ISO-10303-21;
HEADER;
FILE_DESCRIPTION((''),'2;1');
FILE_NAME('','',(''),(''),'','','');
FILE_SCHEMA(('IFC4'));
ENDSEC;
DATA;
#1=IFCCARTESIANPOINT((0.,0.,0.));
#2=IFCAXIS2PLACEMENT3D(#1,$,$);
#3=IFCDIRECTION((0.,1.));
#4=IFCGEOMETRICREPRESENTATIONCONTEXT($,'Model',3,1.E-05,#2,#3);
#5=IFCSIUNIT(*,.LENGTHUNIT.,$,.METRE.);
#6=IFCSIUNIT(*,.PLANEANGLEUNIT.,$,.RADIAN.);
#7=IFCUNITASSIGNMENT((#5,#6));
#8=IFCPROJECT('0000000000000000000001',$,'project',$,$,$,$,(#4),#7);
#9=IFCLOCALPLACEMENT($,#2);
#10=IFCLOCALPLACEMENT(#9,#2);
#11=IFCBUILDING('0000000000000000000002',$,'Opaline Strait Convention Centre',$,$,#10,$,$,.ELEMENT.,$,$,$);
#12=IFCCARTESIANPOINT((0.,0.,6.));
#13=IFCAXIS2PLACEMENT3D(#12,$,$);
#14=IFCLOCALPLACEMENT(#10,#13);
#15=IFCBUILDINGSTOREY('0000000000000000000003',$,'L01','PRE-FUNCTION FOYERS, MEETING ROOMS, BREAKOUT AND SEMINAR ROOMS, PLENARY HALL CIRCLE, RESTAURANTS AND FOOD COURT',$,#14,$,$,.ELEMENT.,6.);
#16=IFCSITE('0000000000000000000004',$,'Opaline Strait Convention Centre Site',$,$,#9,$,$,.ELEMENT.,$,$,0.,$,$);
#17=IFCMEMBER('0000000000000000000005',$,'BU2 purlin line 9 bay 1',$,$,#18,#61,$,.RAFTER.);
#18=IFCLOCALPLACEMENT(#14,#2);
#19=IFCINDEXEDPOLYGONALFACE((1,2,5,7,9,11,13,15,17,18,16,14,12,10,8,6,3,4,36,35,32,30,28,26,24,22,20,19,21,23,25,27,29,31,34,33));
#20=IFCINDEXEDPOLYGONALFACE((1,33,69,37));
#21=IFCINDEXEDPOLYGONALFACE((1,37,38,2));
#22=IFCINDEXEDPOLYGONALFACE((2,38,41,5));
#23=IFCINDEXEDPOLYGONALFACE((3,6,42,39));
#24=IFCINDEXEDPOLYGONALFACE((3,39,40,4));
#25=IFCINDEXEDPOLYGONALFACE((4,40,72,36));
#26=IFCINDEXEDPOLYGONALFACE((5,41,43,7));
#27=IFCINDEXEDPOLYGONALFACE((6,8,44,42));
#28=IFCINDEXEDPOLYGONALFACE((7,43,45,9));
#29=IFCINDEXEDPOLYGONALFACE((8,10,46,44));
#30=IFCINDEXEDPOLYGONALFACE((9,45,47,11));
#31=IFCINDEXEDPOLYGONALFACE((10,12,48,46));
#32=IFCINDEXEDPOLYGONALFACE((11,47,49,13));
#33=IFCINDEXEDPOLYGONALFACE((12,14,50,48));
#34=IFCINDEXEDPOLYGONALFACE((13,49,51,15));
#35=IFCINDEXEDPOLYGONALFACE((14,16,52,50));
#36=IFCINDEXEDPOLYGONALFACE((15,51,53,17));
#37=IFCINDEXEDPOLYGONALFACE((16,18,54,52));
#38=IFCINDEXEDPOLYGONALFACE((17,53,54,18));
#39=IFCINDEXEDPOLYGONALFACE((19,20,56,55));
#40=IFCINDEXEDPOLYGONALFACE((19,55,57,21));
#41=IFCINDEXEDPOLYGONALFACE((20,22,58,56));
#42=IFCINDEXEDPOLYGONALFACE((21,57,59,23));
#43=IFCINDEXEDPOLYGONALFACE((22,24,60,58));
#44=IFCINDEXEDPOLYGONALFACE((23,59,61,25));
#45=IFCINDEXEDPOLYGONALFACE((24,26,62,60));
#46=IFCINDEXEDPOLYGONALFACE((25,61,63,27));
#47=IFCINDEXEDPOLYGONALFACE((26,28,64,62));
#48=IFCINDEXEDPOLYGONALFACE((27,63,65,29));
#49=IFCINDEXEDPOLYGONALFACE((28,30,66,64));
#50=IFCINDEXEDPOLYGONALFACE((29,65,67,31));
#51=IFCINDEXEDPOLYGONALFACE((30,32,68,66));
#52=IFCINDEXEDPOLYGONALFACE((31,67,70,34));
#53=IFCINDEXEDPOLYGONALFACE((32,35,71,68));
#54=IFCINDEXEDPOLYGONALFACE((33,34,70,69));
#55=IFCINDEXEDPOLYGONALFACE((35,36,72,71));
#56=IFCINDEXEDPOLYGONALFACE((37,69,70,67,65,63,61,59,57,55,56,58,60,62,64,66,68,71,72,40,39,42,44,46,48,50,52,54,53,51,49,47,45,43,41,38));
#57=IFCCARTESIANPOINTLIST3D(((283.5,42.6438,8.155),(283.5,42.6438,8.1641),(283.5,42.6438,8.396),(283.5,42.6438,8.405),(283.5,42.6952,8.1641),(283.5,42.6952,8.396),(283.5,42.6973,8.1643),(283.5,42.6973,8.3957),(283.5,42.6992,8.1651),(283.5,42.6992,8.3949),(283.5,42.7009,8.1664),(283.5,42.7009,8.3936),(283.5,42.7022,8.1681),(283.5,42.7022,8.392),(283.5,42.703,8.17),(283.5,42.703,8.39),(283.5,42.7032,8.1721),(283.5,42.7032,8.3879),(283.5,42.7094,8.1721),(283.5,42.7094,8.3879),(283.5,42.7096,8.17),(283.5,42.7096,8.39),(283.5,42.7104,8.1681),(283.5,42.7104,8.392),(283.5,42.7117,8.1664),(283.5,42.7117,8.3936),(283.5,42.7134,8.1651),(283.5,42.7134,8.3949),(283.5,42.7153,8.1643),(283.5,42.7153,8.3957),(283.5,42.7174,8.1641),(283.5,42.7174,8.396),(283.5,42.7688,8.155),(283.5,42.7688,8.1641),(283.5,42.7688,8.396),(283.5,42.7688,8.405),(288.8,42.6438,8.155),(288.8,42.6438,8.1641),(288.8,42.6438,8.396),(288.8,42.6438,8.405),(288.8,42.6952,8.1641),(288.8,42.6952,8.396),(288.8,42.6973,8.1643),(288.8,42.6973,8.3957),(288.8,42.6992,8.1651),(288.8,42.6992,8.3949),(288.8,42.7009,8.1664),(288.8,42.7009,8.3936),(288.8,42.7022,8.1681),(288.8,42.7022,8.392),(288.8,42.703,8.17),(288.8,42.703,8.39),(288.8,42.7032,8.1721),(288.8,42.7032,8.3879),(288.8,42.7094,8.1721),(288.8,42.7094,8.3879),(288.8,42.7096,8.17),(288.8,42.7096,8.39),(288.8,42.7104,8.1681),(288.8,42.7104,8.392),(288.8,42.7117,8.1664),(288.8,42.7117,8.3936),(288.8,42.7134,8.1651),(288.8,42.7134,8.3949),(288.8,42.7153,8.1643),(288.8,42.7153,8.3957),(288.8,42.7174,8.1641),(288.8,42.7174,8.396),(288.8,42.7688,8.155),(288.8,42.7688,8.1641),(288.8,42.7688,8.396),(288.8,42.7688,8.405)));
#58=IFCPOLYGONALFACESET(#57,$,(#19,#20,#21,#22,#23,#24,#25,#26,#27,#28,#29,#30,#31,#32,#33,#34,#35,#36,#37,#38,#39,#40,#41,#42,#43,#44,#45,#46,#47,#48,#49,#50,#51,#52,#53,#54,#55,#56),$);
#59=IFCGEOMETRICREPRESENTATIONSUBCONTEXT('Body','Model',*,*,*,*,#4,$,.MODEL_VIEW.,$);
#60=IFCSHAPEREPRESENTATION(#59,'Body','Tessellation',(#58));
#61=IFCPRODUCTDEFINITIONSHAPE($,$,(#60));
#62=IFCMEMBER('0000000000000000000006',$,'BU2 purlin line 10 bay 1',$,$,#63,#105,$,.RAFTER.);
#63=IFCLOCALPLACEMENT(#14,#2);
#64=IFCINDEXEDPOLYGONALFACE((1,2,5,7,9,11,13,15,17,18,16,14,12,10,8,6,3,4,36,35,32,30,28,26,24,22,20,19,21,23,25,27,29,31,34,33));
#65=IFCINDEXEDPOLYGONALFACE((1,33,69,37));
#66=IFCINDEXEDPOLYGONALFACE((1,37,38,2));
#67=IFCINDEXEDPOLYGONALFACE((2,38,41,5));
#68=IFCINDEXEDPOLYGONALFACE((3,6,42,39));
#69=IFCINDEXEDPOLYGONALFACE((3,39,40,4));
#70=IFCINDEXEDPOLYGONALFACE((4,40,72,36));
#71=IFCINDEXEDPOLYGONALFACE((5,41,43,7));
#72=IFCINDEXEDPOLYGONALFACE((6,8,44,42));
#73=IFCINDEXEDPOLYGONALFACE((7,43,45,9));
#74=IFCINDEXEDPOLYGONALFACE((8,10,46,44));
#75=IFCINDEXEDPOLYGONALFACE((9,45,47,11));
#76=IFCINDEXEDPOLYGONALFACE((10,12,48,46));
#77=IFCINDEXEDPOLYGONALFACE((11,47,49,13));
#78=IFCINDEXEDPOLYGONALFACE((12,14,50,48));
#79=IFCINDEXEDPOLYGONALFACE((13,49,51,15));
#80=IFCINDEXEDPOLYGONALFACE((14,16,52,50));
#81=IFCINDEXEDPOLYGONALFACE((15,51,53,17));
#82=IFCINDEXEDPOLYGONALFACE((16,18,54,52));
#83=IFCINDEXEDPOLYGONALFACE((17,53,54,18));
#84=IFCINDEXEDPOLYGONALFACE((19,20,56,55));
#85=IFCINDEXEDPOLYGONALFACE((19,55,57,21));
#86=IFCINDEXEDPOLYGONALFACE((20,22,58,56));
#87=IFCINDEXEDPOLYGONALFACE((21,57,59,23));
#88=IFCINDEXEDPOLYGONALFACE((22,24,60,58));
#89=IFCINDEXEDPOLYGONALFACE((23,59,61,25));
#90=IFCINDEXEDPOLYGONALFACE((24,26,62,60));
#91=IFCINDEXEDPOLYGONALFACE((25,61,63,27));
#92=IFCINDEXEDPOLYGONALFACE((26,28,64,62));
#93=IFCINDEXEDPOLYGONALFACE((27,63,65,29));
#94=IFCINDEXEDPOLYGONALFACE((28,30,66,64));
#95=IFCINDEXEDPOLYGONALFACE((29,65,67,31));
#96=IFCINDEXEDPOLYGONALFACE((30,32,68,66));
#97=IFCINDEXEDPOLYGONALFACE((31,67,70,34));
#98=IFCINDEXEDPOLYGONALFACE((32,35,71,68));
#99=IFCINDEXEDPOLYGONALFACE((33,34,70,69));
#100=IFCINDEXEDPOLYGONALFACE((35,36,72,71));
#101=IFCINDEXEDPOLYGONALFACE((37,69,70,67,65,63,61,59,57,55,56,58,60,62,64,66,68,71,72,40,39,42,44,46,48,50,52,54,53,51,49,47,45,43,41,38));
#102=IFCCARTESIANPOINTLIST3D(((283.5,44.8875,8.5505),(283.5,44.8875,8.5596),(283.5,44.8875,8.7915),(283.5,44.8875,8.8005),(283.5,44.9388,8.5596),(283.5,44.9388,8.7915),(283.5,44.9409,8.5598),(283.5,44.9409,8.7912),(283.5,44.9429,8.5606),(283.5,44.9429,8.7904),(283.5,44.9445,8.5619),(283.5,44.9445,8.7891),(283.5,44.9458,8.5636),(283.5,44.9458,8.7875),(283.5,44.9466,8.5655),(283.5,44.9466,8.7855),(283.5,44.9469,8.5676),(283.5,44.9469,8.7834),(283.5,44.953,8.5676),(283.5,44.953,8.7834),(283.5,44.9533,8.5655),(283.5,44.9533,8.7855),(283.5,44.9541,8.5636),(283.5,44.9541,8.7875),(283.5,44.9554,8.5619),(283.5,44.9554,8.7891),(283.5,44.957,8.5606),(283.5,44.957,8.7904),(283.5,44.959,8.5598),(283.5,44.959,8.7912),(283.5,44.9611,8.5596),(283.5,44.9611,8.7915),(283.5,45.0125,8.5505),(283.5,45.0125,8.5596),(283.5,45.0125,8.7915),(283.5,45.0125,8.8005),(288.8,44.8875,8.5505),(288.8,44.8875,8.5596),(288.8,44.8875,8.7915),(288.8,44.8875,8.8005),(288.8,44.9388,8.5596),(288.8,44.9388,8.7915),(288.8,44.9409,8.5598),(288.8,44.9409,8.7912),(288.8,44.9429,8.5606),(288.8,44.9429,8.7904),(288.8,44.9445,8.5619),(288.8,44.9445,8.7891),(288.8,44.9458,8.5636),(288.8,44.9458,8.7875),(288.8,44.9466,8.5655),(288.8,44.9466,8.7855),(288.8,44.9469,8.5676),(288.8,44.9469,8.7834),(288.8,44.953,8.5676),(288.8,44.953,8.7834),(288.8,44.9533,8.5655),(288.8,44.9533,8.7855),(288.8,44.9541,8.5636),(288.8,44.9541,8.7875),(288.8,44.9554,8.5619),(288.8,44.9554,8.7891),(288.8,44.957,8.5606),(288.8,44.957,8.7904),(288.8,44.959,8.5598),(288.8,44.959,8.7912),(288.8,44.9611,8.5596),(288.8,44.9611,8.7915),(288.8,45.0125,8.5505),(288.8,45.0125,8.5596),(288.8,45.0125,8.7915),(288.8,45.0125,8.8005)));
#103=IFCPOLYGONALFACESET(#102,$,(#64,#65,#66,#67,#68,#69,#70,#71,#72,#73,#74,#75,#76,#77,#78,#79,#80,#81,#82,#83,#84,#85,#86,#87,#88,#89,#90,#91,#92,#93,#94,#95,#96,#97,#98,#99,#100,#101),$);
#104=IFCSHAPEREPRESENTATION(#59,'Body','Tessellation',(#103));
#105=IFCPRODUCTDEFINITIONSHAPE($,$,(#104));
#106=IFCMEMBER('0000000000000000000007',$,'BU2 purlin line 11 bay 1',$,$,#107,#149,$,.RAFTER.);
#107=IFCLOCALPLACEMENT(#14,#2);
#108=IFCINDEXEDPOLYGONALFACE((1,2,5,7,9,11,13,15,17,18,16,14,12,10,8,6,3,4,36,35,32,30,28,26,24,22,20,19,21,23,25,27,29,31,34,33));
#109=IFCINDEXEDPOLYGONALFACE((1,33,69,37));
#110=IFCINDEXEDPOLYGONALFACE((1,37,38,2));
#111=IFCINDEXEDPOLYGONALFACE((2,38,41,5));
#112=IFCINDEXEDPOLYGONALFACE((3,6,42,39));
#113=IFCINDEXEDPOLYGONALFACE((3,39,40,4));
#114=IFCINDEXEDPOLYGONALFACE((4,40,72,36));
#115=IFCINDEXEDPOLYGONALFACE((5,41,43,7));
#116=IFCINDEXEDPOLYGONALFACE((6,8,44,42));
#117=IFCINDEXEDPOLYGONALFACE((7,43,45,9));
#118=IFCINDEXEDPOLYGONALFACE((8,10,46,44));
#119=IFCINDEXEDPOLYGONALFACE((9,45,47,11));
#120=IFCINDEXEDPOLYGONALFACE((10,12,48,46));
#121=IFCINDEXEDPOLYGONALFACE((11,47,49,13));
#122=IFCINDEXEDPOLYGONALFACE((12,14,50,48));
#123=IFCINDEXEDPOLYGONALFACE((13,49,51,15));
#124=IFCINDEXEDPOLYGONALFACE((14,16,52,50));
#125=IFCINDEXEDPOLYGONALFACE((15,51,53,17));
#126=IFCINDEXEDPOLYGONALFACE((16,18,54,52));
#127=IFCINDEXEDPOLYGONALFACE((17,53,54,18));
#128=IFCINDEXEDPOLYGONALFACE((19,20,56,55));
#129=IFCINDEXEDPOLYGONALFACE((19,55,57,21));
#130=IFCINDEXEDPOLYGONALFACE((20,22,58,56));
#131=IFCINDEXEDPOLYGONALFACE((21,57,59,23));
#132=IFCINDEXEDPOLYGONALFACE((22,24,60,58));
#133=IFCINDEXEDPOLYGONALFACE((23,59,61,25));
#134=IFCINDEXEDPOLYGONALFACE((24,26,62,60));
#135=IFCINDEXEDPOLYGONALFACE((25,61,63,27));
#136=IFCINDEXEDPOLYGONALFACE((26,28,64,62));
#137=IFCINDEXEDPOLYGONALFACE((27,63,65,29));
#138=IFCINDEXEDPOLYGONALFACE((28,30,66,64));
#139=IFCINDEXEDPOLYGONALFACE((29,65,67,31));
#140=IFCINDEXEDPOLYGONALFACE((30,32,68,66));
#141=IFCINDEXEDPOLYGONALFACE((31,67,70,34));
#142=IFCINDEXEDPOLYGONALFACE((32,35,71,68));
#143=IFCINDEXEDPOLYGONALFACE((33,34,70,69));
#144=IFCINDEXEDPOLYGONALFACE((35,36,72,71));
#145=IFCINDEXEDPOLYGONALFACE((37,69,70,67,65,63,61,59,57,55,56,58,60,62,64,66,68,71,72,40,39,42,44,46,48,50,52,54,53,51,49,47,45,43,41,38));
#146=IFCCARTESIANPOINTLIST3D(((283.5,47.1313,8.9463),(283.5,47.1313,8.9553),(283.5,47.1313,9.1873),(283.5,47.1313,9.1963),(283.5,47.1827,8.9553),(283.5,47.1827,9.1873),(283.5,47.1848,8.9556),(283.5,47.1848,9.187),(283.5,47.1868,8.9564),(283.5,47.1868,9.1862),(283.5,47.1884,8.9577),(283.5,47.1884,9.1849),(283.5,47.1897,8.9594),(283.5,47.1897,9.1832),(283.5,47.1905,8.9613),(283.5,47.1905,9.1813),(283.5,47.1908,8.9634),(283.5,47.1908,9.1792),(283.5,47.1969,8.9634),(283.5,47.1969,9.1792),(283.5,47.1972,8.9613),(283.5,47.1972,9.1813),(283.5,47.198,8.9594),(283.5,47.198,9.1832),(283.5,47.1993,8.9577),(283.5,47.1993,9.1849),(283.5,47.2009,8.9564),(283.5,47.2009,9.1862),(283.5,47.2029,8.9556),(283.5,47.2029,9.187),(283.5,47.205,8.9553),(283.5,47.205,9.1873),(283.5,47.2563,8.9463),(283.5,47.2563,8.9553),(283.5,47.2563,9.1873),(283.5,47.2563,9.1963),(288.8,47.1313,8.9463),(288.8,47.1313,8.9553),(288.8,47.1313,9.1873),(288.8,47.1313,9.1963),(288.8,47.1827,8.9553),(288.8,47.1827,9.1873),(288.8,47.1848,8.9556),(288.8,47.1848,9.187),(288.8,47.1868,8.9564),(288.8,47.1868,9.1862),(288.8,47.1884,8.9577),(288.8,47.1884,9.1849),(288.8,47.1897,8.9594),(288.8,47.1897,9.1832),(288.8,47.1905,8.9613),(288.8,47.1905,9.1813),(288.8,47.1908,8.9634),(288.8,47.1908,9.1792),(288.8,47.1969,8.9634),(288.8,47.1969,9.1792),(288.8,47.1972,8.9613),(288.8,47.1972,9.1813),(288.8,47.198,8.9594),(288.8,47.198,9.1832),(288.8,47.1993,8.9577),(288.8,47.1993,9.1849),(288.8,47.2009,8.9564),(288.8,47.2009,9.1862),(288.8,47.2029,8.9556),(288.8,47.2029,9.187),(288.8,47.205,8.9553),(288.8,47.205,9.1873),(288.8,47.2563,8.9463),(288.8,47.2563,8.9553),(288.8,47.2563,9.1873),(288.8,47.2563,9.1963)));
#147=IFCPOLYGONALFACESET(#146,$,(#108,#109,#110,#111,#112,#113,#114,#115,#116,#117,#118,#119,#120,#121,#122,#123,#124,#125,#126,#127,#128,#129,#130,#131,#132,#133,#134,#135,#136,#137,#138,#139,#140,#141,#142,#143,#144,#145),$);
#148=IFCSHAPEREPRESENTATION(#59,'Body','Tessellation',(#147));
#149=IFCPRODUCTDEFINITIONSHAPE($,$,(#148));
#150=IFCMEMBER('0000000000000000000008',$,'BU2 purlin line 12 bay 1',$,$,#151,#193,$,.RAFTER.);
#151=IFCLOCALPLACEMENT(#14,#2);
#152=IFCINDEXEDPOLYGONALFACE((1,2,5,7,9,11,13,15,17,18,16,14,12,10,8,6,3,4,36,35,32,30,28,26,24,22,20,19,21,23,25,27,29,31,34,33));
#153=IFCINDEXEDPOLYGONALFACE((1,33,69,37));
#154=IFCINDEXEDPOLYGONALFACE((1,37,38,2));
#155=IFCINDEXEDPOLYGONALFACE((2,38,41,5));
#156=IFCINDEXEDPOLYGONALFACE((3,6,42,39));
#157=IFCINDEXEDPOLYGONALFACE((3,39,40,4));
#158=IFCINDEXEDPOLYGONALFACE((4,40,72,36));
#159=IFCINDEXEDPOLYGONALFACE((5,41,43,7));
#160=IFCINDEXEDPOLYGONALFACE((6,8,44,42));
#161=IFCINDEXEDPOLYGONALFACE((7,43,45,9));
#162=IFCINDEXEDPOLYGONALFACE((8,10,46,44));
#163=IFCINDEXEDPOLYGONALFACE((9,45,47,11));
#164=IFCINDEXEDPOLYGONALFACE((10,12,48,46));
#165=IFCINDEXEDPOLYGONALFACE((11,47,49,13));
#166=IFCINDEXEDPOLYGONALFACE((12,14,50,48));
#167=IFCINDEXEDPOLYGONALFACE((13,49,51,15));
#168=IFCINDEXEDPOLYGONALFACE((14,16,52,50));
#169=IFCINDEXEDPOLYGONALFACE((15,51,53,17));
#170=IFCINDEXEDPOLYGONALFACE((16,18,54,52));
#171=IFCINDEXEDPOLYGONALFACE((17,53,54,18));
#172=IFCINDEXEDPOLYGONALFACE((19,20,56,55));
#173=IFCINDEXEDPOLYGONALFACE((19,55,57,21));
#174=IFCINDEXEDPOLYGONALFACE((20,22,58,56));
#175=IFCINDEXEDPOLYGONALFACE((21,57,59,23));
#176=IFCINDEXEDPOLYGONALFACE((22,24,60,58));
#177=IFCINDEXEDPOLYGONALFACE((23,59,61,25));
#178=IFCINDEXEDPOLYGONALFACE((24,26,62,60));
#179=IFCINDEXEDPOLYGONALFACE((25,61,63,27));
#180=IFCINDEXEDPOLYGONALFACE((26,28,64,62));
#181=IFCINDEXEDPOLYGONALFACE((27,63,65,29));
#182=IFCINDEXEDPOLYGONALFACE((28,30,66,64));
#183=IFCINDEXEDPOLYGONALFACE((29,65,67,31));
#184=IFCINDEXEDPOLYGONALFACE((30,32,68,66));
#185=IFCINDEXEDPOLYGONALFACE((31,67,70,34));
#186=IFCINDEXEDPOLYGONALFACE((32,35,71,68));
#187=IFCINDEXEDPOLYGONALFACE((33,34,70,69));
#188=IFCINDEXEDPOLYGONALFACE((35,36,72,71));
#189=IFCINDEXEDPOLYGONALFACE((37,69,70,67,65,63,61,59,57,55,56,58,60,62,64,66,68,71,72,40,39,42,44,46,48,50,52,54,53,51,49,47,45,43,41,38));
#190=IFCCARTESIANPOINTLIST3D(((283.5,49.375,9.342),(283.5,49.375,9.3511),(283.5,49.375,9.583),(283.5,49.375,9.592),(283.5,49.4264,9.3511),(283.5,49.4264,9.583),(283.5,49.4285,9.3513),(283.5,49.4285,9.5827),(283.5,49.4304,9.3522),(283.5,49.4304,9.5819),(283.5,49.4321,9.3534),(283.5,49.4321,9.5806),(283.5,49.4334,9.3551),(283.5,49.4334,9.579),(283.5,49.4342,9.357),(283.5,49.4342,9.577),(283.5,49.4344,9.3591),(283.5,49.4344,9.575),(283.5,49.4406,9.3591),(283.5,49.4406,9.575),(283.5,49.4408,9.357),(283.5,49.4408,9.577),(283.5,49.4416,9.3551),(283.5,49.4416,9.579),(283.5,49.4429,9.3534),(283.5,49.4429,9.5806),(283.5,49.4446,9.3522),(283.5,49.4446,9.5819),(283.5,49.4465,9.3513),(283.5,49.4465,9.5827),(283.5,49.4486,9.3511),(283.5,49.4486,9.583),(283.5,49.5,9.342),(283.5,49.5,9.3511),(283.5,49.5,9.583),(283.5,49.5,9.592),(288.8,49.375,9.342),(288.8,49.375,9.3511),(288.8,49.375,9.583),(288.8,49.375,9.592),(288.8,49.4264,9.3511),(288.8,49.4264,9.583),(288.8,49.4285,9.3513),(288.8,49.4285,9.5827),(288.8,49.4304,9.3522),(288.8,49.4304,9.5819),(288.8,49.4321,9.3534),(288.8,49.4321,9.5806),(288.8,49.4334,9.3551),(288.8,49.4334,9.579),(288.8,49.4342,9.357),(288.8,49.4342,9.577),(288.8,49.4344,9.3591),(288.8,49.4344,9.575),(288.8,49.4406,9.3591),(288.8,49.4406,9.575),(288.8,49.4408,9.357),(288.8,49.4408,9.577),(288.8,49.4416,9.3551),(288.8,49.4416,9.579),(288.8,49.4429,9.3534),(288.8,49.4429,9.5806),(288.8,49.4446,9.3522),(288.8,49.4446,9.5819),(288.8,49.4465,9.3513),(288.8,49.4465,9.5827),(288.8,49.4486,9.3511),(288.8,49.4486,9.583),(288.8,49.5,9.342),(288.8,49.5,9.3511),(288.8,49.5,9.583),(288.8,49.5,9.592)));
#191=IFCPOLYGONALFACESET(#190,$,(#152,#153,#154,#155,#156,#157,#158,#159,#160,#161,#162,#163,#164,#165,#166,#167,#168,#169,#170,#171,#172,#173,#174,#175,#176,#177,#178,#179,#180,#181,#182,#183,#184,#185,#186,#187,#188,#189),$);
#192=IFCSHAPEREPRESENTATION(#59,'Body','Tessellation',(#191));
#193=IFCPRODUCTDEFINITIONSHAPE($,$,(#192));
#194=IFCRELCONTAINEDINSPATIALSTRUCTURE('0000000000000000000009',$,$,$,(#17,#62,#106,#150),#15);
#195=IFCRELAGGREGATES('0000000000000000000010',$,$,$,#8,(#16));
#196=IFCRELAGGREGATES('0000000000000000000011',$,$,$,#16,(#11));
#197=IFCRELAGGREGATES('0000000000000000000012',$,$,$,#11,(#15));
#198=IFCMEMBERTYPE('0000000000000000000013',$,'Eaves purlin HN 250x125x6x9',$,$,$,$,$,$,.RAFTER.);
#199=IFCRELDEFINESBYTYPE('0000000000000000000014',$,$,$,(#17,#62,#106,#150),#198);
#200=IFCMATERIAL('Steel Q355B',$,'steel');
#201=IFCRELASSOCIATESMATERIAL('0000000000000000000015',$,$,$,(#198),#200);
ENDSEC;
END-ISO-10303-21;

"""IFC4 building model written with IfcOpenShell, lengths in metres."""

from ifc_helpers import new_model, si_unit, direction, frame, origin, origin_2d, place, context, subcontext, project, spatial, i_section, extrude, material, material_profile, profile_set, type_object, element, save


model = new_model("IFC4")

# Units and contexts
model_context = context("Model", 3, precision=1e-05, world=origin(), true_north=direction((0.0, 1.0)))
body_context = subcontext(model_context, "Body", "Model", "MODEL_VIEW")
ifc_project = project(units=[si_unit("LENGTHUNIT", "METRE"), si_unit("PLANEANGLEUNIT", "RADIAN")], contexts=[model_context])

# Site, building, storey
site_placement = place(None, origin())
site = spatial("IfcSite", under=ifc_project, at=site_placement, Name="Opaline Strait Convention Centre Site", CompositionType="ELEMENT", RefElevation=0.0)
building_placement = place(site_placement, origin())
building = spatial("IfcBuilding", under=site, at=building_placement, Name="Opaline Strait Convention Centre", CompositionType="ELEMENT")
storey_placement = place(building_placement, frame((0.0, 0.0, 6.0)))
storey = spatial("IfcBuildingStorey", under=building, at=storey_placement, Name="L01", Description="PRE-FUNCTION FOYERS, MEETING ROOMS, BREAKOUT AND SEMINAR ROOMS, PLENARY HALL CIRCLE, RESTAURANTS AND FOOD COURT", CompositionType="ELEMENT", Elevation=6.0)

# Members
ifc_material_1 = material(Name="Steel Q355B", Category="steel")
ifc_material_profile_1 = material_profile(ifc_material_1, i_section(OverallWidth=0.125, OverallDepth=0.25, WebThickness=0.0061, FlangeThickness=0.009, FilletRadius=0.0081, at=origin_2d()), Name="HN 250x125x6x9")
ifc_profile_set_1 = profile_set([ifc_material_profile_1], Name="Steel Q355B")
member_type_1 = type_object("IfcMemberType", Name="Eaves purlin HN 250x125x6x9", PredefinedType="RAFTER", material=ifc_profile_set_1)
for number, where, z_axis, x_axis, name in (
    (1, (283.5, 42.7063, 8.28), (1.0, 0.0, 0.0), (0.0, 1.0, 0.0), "BU2 purlin line 9 bay 1"),
    (2, (283.5, 44.95, 8.6755), (1.0, 0.0, 0.0), (0.0, 1.0, 0.0), "BU2 purlin line 10 bay 1"),
    (3, (283.5, 47.1938, 9.0713), (1.0, 0.0, 0.0), (0.0, 1.0, 0.0), "BU2 purlin line 11 bay 1"),
    (4, (283.5, 49.4375, 9.467), (1.0, 0.0, 0.0), (0.0, 1.0, 0.0), "BU2 purlin line 12 bay 1"),
):
    element("IfcMember", number, at=place(storey_placement, frame(where, z_axis=z_axis, x_axis=x_axis)), inside=storey, type_object=member_type_1, Name=name, PredefinedType="RAFTER", context=body_context, shape_type="SweptSolid", body=[
        extrude(i_section(OverallWidth=0.125, OverallDepth=0.25, WebThickness=0.0061, FlangeThickness=0.009, FilletRadius=0.0081, at=origin_2d()), origin(), (0.0, 0.0, 1.0), 5.3),
    ])

save(model, "model.ifc")
